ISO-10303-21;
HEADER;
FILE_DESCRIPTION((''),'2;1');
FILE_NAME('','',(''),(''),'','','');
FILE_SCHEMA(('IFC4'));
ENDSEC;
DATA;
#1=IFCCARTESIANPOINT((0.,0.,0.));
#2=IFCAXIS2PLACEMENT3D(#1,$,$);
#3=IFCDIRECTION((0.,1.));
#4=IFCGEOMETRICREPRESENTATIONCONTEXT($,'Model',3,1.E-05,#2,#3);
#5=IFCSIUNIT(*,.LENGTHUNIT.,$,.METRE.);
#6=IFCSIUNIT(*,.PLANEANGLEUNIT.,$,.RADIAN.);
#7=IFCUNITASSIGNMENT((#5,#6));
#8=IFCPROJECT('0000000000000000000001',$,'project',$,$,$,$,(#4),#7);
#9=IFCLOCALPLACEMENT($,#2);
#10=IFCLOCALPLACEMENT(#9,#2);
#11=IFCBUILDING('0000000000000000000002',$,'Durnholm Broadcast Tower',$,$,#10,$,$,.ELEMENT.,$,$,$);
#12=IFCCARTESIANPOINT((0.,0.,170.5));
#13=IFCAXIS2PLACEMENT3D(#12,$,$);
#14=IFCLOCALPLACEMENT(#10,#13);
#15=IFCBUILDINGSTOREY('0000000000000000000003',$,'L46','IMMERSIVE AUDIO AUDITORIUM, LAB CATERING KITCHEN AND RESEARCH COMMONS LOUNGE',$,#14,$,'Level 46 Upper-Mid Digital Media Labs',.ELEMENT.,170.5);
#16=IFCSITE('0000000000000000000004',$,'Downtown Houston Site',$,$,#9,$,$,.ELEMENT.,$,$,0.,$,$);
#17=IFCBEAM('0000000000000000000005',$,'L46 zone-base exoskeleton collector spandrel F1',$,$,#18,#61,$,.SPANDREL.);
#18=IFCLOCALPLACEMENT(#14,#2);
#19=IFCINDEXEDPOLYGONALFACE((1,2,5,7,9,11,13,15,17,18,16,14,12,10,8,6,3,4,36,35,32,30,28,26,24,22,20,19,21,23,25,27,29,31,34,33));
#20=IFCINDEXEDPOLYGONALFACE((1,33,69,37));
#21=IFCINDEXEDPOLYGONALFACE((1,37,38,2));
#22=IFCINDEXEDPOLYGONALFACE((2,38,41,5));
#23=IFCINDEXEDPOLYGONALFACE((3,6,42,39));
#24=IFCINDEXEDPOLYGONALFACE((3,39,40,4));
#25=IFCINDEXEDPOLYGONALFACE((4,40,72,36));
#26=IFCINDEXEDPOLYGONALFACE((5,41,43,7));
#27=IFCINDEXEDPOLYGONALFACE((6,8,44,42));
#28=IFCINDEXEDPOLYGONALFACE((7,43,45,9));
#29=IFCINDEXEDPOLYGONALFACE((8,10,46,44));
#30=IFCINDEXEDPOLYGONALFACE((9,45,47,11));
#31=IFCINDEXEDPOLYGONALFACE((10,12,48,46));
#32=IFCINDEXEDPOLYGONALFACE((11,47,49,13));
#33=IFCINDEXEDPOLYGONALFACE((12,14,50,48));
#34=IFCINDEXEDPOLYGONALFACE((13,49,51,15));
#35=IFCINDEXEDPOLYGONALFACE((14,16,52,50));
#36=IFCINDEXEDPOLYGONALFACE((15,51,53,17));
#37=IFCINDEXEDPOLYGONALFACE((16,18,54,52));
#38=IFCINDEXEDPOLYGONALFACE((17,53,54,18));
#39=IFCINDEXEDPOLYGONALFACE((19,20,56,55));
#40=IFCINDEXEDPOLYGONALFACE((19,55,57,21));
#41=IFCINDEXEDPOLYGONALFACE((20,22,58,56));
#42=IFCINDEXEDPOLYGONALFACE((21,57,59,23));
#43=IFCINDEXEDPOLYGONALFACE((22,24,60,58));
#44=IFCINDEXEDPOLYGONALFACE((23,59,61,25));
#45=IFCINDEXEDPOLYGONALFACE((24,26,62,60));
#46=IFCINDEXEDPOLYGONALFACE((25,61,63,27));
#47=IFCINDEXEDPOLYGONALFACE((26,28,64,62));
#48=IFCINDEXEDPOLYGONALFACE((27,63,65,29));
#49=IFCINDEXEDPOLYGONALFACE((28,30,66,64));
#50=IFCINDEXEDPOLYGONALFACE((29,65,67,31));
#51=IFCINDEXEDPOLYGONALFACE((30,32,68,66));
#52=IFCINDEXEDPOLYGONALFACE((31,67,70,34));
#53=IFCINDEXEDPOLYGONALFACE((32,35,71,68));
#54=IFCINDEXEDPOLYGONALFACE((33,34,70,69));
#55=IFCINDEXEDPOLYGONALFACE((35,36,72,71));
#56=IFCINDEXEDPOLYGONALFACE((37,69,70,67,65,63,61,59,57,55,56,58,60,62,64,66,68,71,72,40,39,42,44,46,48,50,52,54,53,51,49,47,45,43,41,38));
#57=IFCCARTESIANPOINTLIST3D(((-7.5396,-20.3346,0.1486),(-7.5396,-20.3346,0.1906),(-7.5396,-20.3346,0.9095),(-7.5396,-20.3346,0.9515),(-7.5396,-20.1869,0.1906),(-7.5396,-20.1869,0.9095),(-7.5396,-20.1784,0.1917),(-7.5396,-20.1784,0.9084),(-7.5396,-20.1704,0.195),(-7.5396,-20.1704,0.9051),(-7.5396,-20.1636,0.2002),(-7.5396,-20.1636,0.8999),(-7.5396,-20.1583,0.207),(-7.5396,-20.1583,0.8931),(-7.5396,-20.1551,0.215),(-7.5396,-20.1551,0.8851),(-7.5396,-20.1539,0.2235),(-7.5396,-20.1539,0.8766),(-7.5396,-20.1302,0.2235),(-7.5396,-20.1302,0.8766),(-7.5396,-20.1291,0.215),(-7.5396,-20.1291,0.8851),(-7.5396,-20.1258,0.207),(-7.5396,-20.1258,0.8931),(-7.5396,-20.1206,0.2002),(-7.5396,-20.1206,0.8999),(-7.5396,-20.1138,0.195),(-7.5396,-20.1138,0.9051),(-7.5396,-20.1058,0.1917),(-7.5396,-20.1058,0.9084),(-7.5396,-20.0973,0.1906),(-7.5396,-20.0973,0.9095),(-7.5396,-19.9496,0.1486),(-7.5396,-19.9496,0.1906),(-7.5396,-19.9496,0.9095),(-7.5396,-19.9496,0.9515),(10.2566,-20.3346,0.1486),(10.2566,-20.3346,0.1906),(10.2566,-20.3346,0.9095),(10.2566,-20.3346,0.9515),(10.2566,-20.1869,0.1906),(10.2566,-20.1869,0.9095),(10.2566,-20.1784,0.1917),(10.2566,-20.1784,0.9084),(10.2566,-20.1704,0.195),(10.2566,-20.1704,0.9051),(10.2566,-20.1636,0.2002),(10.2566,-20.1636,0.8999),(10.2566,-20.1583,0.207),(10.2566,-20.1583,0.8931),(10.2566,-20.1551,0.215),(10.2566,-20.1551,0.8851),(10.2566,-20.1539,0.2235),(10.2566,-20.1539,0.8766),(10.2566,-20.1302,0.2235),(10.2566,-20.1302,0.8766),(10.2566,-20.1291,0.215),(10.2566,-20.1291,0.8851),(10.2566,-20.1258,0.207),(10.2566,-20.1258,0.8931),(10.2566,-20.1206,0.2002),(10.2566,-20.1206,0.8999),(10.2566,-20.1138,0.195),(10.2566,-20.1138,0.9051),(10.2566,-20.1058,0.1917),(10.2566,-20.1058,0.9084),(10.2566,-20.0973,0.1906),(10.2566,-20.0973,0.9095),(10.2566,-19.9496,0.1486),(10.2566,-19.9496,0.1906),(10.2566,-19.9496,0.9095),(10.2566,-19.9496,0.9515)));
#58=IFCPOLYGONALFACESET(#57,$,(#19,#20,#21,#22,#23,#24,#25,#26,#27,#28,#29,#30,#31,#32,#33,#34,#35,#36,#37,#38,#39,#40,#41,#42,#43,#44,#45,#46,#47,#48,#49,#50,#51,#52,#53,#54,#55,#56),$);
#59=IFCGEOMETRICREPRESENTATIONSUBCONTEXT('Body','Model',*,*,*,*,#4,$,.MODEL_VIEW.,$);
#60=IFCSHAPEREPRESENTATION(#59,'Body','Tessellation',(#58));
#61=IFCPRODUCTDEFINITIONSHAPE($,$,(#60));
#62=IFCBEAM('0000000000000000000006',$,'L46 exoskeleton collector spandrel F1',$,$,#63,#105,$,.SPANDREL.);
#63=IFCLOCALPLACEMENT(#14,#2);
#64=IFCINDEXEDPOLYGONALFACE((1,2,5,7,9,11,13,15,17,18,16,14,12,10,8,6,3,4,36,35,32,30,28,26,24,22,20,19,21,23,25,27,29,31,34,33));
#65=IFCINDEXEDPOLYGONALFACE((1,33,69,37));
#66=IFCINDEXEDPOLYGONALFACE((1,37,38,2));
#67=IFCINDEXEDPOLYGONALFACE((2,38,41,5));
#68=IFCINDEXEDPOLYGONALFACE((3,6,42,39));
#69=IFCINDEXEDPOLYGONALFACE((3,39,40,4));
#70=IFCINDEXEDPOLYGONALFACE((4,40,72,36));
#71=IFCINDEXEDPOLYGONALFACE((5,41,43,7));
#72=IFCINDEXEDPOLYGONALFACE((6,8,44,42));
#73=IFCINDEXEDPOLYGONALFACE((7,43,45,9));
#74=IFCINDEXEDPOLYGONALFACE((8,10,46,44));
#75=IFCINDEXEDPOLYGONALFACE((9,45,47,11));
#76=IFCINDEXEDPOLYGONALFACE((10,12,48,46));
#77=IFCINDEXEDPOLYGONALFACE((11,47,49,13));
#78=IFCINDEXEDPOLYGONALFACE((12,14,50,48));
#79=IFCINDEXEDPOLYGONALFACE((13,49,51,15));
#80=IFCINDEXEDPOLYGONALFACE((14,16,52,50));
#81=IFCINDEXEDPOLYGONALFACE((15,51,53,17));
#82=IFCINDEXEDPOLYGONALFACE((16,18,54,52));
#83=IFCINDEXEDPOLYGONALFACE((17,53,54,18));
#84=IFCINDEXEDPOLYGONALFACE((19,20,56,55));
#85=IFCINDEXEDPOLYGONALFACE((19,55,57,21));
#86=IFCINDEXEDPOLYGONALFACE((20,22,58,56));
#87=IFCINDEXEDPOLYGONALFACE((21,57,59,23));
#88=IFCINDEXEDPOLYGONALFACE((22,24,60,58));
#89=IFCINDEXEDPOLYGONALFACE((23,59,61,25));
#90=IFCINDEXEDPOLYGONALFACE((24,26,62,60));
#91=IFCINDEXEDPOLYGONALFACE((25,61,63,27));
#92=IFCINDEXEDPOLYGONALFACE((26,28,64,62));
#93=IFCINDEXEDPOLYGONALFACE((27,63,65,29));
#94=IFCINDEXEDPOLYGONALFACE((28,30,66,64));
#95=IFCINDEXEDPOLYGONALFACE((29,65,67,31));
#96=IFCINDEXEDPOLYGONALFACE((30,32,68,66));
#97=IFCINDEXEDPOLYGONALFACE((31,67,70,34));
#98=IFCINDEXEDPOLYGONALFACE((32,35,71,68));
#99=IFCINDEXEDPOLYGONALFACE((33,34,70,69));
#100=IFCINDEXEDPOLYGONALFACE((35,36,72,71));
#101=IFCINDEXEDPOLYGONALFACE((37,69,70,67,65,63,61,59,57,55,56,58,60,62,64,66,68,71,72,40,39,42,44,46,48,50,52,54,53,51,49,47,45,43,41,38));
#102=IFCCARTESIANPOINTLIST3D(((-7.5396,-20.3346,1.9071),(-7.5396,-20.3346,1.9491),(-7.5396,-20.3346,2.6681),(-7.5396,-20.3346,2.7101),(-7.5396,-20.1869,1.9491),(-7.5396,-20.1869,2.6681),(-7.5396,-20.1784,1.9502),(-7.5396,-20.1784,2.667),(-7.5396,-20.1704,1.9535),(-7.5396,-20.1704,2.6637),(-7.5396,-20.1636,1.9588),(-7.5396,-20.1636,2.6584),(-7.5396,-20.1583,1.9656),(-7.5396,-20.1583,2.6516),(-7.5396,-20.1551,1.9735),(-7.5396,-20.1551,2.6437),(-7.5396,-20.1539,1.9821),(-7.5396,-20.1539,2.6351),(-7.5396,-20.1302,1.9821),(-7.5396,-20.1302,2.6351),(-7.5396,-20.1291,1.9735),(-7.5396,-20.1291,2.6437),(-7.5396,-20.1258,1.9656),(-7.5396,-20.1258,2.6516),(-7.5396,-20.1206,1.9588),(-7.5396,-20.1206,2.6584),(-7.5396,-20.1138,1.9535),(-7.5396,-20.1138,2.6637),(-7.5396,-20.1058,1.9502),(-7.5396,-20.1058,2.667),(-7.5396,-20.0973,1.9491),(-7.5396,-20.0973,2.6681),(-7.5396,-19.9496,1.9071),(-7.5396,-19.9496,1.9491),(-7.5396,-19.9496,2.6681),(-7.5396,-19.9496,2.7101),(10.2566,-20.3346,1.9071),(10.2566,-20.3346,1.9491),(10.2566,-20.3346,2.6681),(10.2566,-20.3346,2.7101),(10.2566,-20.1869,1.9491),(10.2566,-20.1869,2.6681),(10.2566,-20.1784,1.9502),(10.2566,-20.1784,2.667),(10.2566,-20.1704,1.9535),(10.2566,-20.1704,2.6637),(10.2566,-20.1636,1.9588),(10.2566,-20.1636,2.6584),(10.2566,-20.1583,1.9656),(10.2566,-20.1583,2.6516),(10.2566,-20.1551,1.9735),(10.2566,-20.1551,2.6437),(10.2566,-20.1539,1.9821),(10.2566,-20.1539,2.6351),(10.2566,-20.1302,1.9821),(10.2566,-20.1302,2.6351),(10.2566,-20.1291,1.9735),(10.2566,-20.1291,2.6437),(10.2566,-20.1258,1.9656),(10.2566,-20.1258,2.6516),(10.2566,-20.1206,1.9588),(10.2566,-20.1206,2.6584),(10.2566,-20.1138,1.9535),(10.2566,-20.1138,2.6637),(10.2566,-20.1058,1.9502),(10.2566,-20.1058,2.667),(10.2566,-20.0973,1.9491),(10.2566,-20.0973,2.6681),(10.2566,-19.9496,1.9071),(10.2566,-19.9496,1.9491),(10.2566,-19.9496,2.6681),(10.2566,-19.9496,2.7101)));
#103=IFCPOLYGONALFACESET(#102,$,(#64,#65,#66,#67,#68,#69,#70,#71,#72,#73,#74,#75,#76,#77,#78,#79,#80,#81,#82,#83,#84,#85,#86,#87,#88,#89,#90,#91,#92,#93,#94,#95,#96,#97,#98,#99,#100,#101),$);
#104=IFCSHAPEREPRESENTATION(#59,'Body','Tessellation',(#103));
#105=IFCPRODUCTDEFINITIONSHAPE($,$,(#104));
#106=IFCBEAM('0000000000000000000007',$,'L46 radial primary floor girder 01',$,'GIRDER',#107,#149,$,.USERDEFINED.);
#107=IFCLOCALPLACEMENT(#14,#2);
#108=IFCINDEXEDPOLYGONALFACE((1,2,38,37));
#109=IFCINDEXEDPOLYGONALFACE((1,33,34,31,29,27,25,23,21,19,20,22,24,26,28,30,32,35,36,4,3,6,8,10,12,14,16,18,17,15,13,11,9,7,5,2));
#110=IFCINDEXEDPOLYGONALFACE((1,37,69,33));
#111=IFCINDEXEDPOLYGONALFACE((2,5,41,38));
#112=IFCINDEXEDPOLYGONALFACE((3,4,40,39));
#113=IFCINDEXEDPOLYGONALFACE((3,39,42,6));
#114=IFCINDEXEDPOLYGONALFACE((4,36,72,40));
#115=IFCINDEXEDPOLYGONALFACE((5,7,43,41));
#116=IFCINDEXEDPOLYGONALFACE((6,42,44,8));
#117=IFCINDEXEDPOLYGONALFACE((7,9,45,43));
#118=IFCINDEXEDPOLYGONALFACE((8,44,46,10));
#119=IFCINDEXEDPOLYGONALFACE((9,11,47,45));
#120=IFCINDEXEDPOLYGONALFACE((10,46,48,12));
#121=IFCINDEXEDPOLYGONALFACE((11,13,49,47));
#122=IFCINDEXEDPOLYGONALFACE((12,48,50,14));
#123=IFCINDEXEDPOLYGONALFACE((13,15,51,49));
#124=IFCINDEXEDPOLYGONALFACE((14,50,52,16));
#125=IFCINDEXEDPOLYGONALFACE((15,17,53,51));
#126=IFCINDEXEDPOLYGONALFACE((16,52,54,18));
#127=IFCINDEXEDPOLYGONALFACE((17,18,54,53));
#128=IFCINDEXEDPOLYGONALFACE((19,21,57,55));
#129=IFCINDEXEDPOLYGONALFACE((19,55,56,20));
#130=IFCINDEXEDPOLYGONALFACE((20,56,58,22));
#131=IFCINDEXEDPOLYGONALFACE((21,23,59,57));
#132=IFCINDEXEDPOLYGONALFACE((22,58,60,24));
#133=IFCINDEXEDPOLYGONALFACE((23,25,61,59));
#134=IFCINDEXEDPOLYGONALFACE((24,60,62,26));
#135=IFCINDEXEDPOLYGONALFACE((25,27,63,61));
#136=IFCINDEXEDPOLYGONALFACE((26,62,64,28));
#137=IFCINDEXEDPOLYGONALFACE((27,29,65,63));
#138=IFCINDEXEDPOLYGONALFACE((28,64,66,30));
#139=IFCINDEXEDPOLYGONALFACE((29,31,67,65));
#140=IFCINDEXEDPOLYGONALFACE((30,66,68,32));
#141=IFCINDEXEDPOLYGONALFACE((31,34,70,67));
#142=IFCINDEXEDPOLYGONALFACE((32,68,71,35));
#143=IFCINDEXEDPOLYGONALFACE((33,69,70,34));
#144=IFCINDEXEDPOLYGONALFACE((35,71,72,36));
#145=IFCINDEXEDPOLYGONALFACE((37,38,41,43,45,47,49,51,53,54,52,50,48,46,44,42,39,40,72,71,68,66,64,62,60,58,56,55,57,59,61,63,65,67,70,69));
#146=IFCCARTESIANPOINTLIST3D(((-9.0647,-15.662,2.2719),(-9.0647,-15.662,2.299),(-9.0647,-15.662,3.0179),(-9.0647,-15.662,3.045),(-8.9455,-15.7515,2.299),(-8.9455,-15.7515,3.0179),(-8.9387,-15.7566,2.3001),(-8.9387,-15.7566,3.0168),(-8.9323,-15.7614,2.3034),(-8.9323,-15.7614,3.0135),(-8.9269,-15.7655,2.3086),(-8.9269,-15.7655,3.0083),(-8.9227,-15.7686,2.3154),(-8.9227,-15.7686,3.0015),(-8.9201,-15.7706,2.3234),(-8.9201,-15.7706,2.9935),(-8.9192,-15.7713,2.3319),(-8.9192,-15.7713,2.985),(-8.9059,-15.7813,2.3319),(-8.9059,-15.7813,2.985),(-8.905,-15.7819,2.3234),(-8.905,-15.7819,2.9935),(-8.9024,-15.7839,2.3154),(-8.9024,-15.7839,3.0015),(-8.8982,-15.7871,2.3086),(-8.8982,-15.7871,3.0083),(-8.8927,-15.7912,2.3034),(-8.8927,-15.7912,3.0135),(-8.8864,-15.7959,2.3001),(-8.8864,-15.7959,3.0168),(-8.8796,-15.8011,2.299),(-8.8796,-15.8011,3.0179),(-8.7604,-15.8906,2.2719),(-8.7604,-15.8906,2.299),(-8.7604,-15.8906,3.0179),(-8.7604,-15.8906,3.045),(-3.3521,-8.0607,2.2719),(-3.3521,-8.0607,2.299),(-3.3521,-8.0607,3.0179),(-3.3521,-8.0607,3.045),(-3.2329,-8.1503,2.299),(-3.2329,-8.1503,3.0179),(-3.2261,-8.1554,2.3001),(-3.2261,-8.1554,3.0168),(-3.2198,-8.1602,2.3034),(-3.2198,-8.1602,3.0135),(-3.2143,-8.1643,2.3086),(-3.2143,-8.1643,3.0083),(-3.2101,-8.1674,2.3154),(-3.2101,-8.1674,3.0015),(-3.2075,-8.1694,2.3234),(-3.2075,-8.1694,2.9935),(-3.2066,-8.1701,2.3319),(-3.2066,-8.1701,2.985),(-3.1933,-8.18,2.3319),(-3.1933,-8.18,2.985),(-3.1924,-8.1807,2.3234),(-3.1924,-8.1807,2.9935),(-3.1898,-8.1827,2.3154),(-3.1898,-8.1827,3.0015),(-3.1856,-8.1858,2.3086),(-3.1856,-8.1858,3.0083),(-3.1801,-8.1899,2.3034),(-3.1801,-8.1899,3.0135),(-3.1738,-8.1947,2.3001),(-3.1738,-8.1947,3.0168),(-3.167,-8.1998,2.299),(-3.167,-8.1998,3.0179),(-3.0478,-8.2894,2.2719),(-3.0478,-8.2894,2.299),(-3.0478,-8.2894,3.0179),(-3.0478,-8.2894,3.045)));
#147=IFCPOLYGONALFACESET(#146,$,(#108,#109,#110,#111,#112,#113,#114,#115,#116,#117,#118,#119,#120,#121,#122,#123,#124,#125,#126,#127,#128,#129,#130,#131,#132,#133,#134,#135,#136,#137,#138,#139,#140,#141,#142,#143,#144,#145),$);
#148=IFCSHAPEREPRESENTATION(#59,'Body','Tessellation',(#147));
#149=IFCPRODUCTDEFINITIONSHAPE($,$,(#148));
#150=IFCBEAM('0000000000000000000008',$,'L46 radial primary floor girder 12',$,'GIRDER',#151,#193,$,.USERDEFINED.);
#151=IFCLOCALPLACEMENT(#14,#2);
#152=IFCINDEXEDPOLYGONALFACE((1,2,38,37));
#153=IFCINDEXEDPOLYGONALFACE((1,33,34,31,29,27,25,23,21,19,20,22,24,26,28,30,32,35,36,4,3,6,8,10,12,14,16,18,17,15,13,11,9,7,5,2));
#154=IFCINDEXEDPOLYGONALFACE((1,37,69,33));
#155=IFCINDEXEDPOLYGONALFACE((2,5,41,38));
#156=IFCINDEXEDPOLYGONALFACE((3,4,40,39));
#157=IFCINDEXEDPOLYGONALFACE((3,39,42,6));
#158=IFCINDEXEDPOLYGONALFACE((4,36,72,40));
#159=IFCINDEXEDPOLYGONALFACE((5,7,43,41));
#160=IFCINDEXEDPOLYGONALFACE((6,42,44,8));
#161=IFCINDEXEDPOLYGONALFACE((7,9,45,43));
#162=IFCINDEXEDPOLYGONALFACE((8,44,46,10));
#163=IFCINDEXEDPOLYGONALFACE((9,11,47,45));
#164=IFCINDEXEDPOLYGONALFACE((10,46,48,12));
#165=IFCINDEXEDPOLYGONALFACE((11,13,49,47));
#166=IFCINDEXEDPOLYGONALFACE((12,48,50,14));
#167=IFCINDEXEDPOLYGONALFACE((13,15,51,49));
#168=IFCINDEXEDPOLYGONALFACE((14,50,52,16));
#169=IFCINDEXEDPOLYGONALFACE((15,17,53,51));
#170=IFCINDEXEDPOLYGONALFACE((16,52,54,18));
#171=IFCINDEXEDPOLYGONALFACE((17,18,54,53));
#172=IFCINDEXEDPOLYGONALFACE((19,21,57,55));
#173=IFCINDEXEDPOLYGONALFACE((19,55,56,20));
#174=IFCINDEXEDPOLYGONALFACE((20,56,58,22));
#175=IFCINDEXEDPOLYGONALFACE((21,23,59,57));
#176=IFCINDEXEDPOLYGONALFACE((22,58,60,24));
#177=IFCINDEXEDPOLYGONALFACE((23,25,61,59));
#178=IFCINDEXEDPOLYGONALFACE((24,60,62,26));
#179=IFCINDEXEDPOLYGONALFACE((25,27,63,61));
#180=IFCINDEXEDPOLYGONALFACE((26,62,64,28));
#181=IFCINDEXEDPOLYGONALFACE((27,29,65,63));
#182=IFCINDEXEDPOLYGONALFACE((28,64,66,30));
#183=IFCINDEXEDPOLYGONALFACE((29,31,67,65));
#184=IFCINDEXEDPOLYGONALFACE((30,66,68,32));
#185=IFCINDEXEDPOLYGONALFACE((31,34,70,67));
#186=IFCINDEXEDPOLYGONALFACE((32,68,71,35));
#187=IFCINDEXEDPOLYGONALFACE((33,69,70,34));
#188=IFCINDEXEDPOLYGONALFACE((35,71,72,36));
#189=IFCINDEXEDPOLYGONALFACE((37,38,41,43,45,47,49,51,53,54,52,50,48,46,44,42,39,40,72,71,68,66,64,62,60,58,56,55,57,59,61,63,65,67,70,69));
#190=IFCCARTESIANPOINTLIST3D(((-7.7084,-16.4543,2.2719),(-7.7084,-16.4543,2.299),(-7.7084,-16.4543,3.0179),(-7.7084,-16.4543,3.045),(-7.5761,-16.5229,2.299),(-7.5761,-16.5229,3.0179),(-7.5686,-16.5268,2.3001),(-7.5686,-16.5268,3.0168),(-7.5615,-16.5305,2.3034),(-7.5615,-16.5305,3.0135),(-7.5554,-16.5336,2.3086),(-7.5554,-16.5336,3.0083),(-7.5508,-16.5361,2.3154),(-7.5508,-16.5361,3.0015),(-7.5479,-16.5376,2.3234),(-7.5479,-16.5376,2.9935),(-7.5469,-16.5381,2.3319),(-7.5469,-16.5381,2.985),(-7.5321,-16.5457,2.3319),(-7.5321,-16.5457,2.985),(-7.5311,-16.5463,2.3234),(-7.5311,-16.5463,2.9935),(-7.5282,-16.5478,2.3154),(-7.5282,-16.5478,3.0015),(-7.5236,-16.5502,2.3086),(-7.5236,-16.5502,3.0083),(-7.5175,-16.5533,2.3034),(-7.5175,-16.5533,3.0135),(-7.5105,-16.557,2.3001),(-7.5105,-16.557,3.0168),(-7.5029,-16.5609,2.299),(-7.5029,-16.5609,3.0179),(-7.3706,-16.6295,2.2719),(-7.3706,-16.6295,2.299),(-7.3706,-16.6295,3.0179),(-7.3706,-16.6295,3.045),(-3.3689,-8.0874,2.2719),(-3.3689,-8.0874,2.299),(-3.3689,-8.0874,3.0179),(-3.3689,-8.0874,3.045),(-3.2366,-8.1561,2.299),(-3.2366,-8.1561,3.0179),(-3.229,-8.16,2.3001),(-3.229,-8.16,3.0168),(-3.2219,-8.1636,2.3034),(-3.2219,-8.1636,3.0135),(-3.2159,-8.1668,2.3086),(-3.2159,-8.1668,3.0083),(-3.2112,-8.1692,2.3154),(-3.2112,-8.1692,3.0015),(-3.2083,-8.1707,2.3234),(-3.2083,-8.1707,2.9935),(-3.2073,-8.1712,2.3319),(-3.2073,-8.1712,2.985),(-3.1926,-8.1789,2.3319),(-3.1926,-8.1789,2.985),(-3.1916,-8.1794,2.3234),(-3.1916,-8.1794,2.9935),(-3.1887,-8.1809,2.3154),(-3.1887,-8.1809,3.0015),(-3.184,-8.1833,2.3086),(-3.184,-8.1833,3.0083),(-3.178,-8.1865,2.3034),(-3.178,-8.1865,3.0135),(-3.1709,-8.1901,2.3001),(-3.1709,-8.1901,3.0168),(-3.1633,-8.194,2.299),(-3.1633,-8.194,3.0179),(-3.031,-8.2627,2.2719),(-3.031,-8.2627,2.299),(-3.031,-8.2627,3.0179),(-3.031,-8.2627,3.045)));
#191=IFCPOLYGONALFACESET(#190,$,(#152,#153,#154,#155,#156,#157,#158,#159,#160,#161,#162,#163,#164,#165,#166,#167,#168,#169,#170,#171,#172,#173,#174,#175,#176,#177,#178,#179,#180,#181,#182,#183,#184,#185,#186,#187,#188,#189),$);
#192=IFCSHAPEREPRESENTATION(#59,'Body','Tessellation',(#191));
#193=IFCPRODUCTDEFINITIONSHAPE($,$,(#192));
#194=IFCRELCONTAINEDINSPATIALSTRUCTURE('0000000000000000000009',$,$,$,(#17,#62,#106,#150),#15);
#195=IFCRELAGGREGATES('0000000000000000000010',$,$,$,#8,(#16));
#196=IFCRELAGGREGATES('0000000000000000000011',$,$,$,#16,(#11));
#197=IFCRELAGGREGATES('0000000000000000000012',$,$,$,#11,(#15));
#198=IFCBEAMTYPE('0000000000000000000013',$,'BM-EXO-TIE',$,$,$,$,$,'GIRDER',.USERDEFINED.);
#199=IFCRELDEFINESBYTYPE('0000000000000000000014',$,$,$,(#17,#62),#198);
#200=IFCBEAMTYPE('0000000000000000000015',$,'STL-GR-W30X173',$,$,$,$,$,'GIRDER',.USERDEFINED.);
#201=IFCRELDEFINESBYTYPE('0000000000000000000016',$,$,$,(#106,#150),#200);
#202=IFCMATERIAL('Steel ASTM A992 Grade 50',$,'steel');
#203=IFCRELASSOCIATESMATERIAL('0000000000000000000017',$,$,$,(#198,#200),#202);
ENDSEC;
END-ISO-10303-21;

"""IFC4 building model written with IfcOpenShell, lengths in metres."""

from ifc_helpers import new_model, si_unit, direction, frame, origin, origin_2d, place, context, subcontext, project, spatial, i_section, extrude, source, transform, mapped, material, material_profile, profile_set, type_object, type_shapes, element, save


model = new_model("IFC4")

# Units and contexts
model_context = context("Model", 3, precision=1e-05, world=origin(), true_north=direction((0.0, 1.0)))
body_context = subcontext(model_context, "Body", "Model", "MODEL_VIEW")
ifc_project = project(units=[si_unit("LENGTHUNIT", "METRE"), si_unit("PLANEANGLEUNIT", "RADIAN")], contexts=[model_context])

# Site, building, storey
site_placement = place(None, origin())
site = spatial("IfcSite", under=ifc_project, at=site_placement, Name="Downtown Houston Site", CompositionType="ELEMENT", RefElevation=0.0)
building_placement = place(site_placement, origin())
building = spatial("IfcBuilding", under=site, at=building_placement, Name="Durnholm Broadcast Tower", CompositionType="ELEMENT")
storey_placement = place(building_placement, frame((0.0, 0.0, 170.5)))
storey = spatial("IfcBuildingStorey", under=building, at=storey_placement, Name="L46", Description="IMMERSIVE AUDIO AUDITORIUM, LAB CATERING KITCHEN AND RESEARCH COMMONS LOUNGE", LongName="Level 46 Upper-Mid Digital Media Labs", CompositionType="ELEMENT", Elevation=170.5)

# Beams
ifc_material_1 = material(Name="Steel ASTM A992 Grade 50", Category="steel")
ifc_material_profile_1 = material_profile(ifc_material_1, i_section(OverallWidth=0.385, OverallDepth=0.803, WebThickness=0.0237, FlangeThickness=0.042, FilletRadius=0.033, at=origin_2d()), Name="W30X261")
ifc_profile_set_1 = profile_set([ifc_material_profile_1], Name="Steel ASTM A992 Grade 50")
beam_type_1 = type_object("IfcBeamType", Name="BM-EXO-TIE", ElementType="GIRDER", PredefinedType="USERDEFINED", material=ifc_profile_set_1)
shared_shape_1 = source(origin(), body_context, "Body", "SweptSolid", [
    extrude(i_section(OverallWidth=0.385, OverallDepth=0.803, WebThickness=0.0237, FlangeThickness=0.042, FilletRadius=0.033, at=origin_2d()), origin(), (0.0, 0.0, 1.0), 17.7961),
])
for number, where, z_axis, x_axis, name in (
    (1, (-7.5396, -20.1421, 0.55), (1.0, 0.0, 0.0), (0.0, 1.0, 0.0), "L46 zone-base exoskeleton collector spandrel F1"),
    (2, (-7.5396, -20.1421, 2.3086), (1.0, 0.0, 0.0), (0.0, 1.0, 0.0), "L46 exoskeleton collector spandrel F1"),
):
    element("IfcBeam", number, at=place(storey_placement, frame(where, z_axis=z_axis, x_axis=x_axis)), inside=storey, type_object=beam_type_1, Name=name, PredefinedType="SPANDREL", context=body_context, shape_type="MappedRepresentation", body=[
        mapped(shared_shape_1, transform((0.0, 0.0, 0.0), x_axis=(1.0, 0.0, 0.0), y_axis=(0.0, 1.0, 0.0), z_axis=(0.0, 0.0, 1.0), scale=1.0)),
    ])
ifc_material_profile_2 = material_profile(ifc_material_1, i_section(OverallWidth=0.3806, OverallDepth=0.7732, WebThickness=0.0166, FlangeThickness=0.0271, FilletRadius=0.033, at=origin_2d()), Name="W30X173")
ifc_profile_set_2 = profile_set([ifc_material_profile_2], Name="Steel ASTM A992 Grade 50")
beam_type_2 = type_object("IfcBeamType", Name="STL-GR-W30X173", ElementType="GIRDER", PredefinedType="USERDEFINED", material=ifc_profile_set_2)
shared_shape_2 = source(origin(), body_context, "Body", "SweptSolid", [
    extrude(i_section(OverallWidth=0.3806, OverallDepth=0.7732, WebThickness=0.0166, FlangeThickness=0.0271, FilletRadius=0.033, at=origin_2d()), origin(), (0.0, 0.0, 1.0), 9.5085),
])
beam_1_placement = place(storey_placement, frame((-3.2, -8.175, 2.6584), z_axis=(-0.600784, -0.799411, 0.0), x_axis=(0.799411, -0.600784, 0.0)))
element("IfcBeam", 3, at=beam_1_placement, inside=storey, type_object=beam_type_2, Name="L46 radial primary floor girder 01", ObjectType="GIRDER", PredefinedType="USERDEFINED", context=body_context, shape_type="MappedRepresentation", body=[
    mapped(shared_shape_2, transform((0.0, 0.0, 0.0), x_axis=(1.0, 0.0, 0.0), y_axis=(0.0, 1.0, 0.0), z_axis=(0.0, 0.0, 1.0), scale=1.0)),
])
shared_shape_3 = source(origin(), body_context, "Body", "SweptSolid", [
    extrude(i_section(OverallWidth=0.3806, OverallDepth=0.7732, WebThickness=0.0166, FlangeThickness=0.0271, FilletRadius=0.033, at=origin_2d()), origin(), (0.0, 0.0, 1.0), 9.4253),
])
type_shapes(beam_type_2, [shared_shape_2, shared_shape_3])
beam_2_placement = place(storey_placement, frame((-3.2, -8.175, 2.6584), z_axis=(-0.460416, -0.887703, 0.0), x_axis=(0.887703, -0.460416, 0.0)))
element("IfcBeam", 4, at=beam_2_placement, inside=storey, type_object=beam_type_2, Name="L46 radial primary floor girder 12", ObjectType="GIRDER", PredefinedType="USERDEFINED", context=body_context, shape_type="MappedRepresentation", body=[
    mapped(shared_shape_3, transform((0.0, 0.0, 0.0), x_axis=(1.0, 0.0, 0.0), y_axis=(0.0, 1.0, 0.0), z_axis=(0.0, 0.0, 1.0), scale=1.0)),
])

save(model, "model.ifc")
